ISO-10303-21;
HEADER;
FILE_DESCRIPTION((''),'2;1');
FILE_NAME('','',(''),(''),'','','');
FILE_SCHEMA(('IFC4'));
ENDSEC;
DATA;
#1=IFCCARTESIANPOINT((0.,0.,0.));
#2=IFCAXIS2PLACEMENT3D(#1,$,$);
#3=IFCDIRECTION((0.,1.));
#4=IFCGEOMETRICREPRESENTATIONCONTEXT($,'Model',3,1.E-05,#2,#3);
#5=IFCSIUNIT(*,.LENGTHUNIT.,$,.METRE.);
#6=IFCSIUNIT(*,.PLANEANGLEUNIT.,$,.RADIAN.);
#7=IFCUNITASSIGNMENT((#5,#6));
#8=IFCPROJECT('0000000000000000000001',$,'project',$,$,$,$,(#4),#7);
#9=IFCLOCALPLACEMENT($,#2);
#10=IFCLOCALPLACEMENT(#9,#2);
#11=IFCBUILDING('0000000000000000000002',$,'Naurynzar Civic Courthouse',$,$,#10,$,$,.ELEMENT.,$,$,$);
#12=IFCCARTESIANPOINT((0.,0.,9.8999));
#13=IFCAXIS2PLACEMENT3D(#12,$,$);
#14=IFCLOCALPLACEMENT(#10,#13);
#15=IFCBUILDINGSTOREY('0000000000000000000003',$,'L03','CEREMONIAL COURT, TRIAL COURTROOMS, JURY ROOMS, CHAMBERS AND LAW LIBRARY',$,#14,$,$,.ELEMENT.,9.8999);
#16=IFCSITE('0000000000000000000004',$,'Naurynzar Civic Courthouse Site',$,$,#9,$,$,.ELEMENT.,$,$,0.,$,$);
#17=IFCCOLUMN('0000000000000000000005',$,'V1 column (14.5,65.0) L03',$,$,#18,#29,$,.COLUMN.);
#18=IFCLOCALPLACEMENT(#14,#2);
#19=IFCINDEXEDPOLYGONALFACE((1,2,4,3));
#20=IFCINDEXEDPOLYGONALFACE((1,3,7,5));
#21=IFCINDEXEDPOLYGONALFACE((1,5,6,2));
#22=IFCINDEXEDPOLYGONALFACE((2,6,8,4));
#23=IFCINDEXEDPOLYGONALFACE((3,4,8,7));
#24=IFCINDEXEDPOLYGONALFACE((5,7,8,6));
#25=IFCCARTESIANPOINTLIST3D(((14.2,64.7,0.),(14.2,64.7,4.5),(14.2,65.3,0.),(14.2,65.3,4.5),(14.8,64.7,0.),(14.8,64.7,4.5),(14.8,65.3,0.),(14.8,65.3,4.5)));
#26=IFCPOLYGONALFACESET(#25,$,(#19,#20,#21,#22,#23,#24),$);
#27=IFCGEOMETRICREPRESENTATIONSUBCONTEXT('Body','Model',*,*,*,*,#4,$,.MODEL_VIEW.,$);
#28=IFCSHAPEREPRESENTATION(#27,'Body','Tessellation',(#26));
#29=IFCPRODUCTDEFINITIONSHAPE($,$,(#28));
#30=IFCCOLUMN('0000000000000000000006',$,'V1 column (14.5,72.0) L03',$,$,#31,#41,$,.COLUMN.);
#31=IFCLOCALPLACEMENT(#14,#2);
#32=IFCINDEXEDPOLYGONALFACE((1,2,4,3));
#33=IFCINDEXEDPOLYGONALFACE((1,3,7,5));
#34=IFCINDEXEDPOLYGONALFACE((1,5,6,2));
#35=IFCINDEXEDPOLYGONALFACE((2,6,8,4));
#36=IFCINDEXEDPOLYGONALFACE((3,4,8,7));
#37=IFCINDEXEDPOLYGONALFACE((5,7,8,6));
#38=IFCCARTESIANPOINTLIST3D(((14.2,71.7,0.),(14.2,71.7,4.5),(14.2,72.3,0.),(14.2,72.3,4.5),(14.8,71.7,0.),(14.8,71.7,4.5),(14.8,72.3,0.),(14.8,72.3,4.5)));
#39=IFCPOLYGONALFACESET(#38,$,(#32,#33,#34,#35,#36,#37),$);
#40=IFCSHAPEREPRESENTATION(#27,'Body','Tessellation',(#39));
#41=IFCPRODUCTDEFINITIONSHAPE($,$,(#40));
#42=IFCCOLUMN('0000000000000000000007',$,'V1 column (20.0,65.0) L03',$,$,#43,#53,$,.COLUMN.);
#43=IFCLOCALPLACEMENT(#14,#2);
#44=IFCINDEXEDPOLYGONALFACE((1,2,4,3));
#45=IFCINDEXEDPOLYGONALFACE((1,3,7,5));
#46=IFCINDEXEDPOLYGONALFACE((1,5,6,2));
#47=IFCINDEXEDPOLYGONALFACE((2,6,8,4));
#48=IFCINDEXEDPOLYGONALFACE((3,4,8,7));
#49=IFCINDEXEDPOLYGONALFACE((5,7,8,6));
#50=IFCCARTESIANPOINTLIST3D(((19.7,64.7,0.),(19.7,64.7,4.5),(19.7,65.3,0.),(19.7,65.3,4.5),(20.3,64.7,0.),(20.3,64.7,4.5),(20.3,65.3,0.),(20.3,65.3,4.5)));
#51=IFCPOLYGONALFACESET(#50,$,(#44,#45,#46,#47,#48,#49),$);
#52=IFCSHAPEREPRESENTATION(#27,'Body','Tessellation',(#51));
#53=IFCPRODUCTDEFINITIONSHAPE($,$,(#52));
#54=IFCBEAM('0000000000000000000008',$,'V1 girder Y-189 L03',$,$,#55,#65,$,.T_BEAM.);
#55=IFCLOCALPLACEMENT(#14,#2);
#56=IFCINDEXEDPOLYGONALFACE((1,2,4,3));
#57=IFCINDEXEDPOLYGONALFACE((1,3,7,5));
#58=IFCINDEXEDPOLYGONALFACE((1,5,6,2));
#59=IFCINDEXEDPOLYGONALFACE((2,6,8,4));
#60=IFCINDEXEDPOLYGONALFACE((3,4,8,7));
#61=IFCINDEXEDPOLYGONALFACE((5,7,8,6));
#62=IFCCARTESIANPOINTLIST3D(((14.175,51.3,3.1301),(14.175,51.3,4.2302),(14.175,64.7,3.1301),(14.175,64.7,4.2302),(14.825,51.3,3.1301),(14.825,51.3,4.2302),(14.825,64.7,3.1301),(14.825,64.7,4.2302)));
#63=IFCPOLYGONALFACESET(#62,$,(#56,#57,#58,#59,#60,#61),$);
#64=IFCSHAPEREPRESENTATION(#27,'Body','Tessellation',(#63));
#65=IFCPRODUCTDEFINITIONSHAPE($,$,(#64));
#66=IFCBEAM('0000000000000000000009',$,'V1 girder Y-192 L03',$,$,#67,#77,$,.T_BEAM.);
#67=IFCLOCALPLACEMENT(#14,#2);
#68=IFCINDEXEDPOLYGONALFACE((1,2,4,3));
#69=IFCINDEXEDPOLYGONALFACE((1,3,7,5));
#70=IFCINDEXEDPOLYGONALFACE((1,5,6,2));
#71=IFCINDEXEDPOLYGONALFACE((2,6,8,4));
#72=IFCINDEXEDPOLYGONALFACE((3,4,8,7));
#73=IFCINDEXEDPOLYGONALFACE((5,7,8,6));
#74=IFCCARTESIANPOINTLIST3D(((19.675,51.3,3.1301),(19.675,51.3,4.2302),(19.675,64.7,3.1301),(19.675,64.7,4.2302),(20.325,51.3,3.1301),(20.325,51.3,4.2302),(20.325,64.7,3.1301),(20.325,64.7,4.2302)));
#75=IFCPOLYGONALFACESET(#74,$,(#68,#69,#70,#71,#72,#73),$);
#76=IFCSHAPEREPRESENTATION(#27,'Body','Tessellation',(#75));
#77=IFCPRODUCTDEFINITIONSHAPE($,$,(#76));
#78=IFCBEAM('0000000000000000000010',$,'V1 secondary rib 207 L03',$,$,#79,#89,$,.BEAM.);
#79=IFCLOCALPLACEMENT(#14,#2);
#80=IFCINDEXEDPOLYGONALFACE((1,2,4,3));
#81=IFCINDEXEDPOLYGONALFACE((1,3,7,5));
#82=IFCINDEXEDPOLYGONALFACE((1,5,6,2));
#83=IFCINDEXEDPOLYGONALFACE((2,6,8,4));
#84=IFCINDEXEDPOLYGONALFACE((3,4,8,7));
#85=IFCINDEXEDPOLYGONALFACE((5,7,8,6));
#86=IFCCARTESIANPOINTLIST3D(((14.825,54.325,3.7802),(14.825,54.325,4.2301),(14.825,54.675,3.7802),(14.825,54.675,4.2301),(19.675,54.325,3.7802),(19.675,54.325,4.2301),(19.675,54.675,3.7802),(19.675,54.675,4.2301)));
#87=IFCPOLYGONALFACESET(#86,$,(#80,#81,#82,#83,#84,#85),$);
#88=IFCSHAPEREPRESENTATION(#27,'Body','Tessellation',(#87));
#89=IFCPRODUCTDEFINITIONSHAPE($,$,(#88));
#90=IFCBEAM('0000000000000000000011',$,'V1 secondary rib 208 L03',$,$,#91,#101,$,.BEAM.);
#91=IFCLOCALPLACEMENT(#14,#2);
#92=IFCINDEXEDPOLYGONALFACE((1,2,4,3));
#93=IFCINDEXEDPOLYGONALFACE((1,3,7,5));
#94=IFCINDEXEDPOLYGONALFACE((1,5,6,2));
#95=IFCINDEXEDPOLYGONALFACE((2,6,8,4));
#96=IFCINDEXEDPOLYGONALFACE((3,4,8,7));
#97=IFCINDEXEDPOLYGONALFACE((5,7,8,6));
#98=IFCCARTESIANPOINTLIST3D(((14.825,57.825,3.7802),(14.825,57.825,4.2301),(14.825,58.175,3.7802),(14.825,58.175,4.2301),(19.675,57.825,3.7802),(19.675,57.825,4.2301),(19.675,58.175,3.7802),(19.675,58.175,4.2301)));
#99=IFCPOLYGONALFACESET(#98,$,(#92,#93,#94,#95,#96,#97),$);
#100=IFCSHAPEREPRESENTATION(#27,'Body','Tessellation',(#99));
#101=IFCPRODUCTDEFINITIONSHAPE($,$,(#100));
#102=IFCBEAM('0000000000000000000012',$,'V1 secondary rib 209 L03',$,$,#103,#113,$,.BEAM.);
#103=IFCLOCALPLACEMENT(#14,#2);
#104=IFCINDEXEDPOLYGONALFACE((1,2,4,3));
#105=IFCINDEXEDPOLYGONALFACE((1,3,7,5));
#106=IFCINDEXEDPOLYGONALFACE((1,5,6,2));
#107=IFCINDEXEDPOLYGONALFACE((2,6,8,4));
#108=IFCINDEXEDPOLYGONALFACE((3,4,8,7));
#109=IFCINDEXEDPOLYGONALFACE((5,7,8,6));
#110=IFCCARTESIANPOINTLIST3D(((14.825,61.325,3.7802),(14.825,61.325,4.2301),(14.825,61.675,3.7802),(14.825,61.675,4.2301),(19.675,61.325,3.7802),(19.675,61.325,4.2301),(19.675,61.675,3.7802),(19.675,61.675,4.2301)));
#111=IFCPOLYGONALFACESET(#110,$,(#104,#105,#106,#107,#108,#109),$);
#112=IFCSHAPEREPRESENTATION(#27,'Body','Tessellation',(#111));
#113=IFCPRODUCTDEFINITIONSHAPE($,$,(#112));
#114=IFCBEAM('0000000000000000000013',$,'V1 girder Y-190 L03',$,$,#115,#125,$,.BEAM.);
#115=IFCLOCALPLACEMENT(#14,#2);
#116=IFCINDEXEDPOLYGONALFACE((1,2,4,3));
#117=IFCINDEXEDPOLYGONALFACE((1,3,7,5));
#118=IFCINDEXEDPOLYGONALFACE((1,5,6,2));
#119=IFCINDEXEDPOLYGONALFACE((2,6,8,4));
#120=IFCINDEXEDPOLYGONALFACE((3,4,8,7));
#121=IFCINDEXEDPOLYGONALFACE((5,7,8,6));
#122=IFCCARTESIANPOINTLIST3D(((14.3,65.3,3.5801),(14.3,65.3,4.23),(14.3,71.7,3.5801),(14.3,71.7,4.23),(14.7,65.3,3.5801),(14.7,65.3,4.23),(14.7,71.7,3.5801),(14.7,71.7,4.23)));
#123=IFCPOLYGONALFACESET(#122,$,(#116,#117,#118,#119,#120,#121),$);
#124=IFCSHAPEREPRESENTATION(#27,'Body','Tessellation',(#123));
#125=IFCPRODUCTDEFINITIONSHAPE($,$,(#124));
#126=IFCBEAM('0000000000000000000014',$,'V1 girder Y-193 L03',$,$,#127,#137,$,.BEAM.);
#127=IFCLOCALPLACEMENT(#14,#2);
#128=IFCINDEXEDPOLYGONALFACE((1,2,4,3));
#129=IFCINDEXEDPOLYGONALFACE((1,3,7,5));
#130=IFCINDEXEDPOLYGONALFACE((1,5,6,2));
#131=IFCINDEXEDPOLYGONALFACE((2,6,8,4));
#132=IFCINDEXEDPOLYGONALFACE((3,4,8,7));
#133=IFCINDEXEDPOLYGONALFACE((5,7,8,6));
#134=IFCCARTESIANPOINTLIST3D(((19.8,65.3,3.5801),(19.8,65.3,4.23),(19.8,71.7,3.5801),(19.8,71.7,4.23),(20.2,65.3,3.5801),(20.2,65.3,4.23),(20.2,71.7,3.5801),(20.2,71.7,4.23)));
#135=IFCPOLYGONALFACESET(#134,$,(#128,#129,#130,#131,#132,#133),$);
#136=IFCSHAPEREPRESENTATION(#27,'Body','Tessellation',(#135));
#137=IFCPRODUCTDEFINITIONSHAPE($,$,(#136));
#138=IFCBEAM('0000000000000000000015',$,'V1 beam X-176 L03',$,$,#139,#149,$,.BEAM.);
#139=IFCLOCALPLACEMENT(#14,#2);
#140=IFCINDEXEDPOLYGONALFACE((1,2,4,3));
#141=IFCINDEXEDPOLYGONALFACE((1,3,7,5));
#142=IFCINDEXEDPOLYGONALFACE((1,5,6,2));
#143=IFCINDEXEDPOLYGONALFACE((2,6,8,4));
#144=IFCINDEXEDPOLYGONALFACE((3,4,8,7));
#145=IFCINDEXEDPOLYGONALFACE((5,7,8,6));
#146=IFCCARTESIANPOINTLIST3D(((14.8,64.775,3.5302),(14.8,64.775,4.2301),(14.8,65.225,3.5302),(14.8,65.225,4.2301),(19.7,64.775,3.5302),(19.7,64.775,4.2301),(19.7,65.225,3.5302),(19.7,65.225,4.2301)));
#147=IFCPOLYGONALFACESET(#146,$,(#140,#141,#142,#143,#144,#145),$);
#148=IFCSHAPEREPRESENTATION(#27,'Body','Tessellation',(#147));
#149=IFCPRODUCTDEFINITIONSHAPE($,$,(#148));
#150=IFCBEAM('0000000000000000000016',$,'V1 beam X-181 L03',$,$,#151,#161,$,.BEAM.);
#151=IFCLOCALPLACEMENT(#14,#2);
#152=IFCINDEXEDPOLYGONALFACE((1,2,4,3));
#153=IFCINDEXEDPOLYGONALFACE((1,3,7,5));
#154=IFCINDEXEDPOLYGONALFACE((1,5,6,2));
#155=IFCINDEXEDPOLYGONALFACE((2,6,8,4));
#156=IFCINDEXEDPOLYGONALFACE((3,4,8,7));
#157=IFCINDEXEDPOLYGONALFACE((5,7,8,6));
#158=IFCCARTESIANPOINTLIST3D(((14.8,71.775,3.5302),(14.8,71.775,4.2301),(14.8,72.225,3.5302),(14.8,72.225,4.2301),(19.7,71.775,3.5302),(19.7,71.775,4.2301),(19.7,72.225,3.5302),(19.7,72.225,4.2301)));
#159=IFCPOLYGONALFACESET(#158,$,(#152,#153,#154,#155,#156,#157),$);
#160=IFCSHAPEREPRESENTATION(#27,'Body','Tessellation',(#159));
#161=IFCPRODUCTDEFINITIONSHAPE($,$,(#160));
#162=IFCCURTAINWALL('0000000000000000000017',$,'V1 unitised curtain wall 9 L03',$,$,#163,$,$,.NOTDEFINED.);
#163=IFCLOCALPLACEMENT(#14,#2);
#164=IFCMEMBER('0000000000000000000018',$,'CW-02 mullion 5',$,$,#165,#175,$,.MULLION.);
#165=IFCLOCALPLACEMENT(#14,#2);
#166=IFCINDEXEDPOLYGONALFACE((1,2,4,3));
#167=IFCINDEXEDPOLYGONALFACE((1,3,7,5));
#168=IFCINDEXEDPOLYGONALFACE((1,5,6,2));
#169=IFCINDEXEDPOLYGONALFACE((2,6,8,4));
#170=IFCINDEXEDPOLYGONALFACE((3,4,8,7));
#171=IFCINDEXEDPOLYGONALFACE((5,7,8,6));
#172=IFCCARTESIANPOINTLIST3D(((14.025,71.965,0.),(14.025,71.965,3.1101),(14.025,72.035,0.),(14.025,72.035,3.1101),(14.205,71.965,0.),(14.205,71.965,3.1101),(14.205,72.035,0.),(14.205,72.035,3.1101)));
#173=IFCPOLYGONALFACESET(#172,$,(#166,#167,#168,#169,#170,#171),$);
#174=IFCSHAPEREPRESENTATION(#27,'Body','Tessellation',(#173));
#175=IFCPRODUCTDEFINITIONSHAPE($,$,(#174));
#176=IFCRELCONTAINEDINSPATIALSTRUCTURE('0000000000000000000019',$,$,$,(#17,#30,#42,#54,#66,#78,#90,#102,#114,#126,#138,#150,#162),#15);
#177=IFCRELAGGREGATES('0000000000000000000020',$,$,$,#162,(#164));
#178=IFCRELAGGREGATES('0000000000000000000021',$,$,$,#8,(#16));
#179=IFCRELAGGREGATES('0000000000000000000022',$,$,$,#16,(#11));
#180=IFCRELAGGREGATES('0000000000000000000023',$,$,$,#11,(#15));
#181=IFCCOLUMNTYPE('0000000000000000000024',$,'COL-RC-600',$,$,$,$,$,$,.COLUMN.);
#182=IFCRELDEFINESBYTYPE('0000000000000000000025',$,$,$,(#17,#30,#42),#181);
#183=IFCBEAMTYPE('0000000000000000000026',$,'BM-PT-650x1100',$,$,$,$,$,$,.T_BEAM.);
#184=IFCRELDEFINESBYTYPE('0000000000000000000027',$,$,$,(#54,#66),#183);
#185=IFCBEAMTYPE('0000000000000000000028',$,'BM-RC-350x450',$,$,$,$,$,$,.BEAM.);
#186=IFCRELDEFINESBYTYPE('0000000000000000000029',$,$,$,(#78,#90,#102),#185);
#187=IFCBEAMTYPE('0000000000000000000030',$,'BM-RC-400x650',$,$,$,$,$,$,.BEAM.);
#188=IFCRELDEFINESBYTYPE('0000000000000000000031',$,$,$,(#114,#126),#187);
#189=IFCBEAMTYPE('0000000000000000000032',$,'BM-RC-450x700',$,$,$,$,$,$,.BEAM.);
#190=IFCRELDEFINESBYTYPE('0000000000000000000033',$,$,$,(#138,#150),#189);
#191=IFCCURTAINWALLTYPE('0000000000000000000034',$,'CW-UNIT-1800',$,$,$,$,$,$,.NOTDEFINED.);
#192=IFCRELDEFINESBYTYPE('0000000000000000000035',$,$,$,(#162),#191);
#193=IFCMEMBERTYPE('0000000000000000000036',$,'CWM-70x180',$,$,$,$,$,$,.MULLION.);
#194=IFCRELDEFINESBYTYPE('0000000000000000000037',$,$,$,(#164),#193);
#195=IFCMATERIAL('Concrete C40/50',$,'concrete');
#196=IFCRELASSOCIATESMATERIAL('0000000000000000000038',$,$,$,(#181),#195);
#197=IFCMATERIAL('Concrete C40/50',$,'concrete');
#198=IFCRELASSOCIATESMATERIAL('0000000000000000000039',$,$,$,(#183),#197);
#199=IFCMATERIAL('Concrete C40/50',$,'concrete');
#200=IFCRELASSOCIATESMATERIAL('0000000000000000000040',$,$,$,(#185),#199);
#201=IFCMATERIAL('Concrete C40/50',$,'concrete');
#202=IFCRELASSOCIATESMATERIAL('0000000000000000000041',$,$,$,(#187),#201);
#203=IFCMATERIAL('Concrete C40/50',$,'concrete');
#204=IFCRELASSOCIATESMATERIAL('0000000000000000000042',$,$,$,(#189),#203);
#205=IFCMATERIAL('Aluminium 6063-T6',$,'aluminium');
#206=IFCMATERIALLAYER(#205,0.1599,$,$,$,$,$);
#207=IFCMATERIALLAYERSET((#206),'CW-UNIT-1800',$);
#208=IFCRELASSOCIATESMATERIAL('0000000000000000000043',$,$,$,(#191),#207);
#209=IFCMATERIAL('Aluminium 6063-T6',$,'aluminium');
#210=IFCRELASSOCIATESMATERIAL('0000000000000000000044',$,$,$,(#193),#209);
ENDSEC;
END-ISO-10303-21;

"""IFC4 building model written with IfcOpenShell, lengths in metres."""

from ifc_helpers import new_model, si_unit, direction, frame, origin, origin_2d, place, context, subcontext, project, spatial, rectangle, extrude, material, layer, layer_set, material_profile, profile_set, type_object, element, aggregate, save


model = new_model("IFC4")

# Units and contexts
model_context = context("Model", 3, precision=1e-05, world=origin(), true_north=direction((0.0, 1.0)))
body_context = subcontext(model_context, "Body", "Model", "MODEL_VIEW")
ifc_project = project(units=[si_unit("LENGTHUNIT", "METRE"), si_unit("PLANEANGLEUNIT", "RADIAN")], contexts=[model_context])

# Site, building, storey
site_placement = place(None, origin())
site = spatial("IfcSite", under=ifc_project, at=site_placement, Name="Naurynzar Civic Courthouse Site", CompositionType="ELEMENT", RefElevation=0.0)
building_placement = place(site_placement, origin())
building = spatial("IfcBuilding", under=site, at=building_placement, Name="Naurynzar Civic Courthouse", CompositionType="ELEMENT")
storey_placement = place(building_placement, frame((0.0, 0.0, 9.8999)))
storey = spatial("IfcBuildingStorey", under=building, at=storey_placement, Name="L03", Description="CEREMONIAL COURT, TRIAL COURTROOMS, JURY ROOMS, CHAMBERS AND LAW LIBRARY", CompositionType="ELEMENT", Elevation=9.8999)

# Columns
ifc_material_1 = material(Name="Concrete C40/50", Category="concrete")
ifc_material_profile_1 = material_profile(ifc_material_1, rectangle(XDim=0.6001, YDim=0.6001, at=origin_2d()), Name="RC 600x600")
ifc_profile_set_1 = profile_set([ifc_material_profile_1], Name="Concrete C40/50")
column_type = type_object("IfcColumnType", Name="COL-RC-600", PredefinedType="COLUMN", material=ifc_profile_set_1)
for number, where, z_axis, x_axis, name in (
    (1, (14.5, 65.0, 0.0), (0.0, 0.0, 1.0), (1.0, 0.0, 0.0), "V1 column (14.5,65.0) L03"),
    (2, (14.5, 72.0, 0.0), (0.0, 0.0, 1.0), (1.0, 0.0, 0.0), "V1 column (14.5,72.0) L03"),
    (3, (20.0, 65.0, 0.0), (0.0, 0.0, 1.0), (1.0, 0.0, 0.0), "V1 column (20.0,65.0) L03"),
):
    element("IfcColumn", number, at=place(storey_placement, frame(where, z_axis=z_axis, x_axis=x_axis)), inside=storey, type_object=column_type, Name=name, PredefinedType="COLUMN", context=body_context, shape_type="SweptSolid", body=[
        extrude(rectangle(XDim=0.6001, YDim=0.6001, at=origin_2d()), origin(), (0.0, 0.0, 1.0), 4.5),
    ])

# Beams
ifc_material_2 = material(Name="Concrete C40/50", Category="concrete")
ifc_material_profile_2 = material_profile(ifc_material_2, rectangle(XDim=0.6499, YDim=1.1001, at=origin_2d()), Name="PTB 650x1100")
ifc_profile_set_2 = profile_set([ifc_material_profile_2], Name="Concrete C40/50")
beam_type_1 = type_object("IfcBeamType", Name="BM-PT-650x1100", PredefinedType="T_BEAM", material=ifc_profile_set_2)
for number, where, z_axis, x_axis, name in (
    (4, (14.5, 51.3, 3.6802), (0.0, 1.0, 0.0), (-1.0, 0.0, 0.0), "V1 girder Y-189 L03"),
    (5, (20.0, 51.3, 3.6802), (0.0, 1.0, 0.0), (-1.0, 0.0, 0.0), "V1 girder Y-192 L03"),
):
    element("IfcBeam", number, at=place(storey_placement, frame(where, z_axis=z_axis, x_axis=x_axis)), inside=storey, type_object=beam_type_1, Name=name, PredefinedType="T_BEAM", context=body_context, shape_type="SweptSolid", body=[
        extrude(rectangle(XDim=0.6499, YDim=1.1001, at=origin_2d()), origin(), (0.0, 0.0, 1.0), 13.3999),
    ])
ifc_material_3 = material(Name="Concrete C40/50", Category="concrete")
ifc_material_profile_3 = material_profile(ifc_material_3, rectangle(XDim=0.3501, YDim=0.45, at=origin_2d()), Name="RCB 350x450")
ifc_profile_set_3 = profile_set([ifc_material_profile_3], Name="Concrete C40/50")
beam_type_2 = type_object("IfcBeamType", Name="BM-RC-350x450", PredefinedType="BEAM", material=ifc_profile_set_3)
for number, where, z_axis, x_axis, name in (
    (6, (14.825, 54.5, 4.0051), (1.0, 0.0, 0.0), (0.0, 1.0, 0.0), "V1 secondary rib 207 L03"),
    (7, (14.825, 58.0, 4.0051), (1.0, 0.0, 0.0), (0.0, 1.0, 0.0), "V1 secondary rib 208 L03"),
    (8, (14.825, 61.5, 4.0051), (1.0, 0.0, 0.0), (0.0, 1.0, 0.0), "V1 secondary rib 209 L03"),
):
    element("IfcBeam", number, at=place(storey_placement, frame(where, z_axis=z_axis, x_axis=x_axis)), inside=storey, type_object=beam_type_2, Name=name, PredefinedType="BEAM", context=body_context, shape_type="SweptSolid", body=[
        extrude(rectangle(XDim=0.3501, YDim=0.45, at=origin_2d()), origin(), (0.0, 0.0, 1.0), 4.8501),
    ])
ifc_material_4 = material(Name="Concrete C40/50", Category="concrete")
ifc_material_profile_4 = material_profile(ifc_material_4, rectangle(XDim=0.3999, YDim=0.6499, at=origin_2d()), Name="RCB 400x650")
ifc_profile_set_4 = profile_set([ifc_material_profile_4], Name="Concrete C40/50")
beam_type_3 = type_object("IfcBeamType", Name="BM-RC-400x650", PredefinedType="BEAM", material=ifc_profile_set_4)
for number, where, z_axis, x_axis, name in (
    (9, (14.5, 65.3, 3.905), (0.0, 1.0, 0.0), (-1.0, 0.0, 0.0), "V1 girder Y-190 L03"),
    (10, (20.0, 65.3, 3.905), (0.0, 1.0, 0.0), (-1.0, 0.0, 0.0), "V1 girder Y-193 L03"),
):
    element("IfcBeam", number, at=place(storey_placement, frame(where, z_axis=z_axis, x_axis=x_axis)), inside=storey, type_object=beam_type_3, Name=name, PredefinedType="BEAM", context=body_context, shape_type="SweptSolid", body=[
        extrude(rectangle(XDim=0.3999, YDim=0.6499, at=origin_2d()), origin(), (0.0, 0.0, 1.0), 6.3999),
    ])
ifc_material_5 = material(Name="Concrete C40/50", Category="concrete")
ifc_material_profile_5 = material_profile(ifc_material_5, rectangle(XDim=0.45, YDim=0.7, at=origin_2d()), Name="RCB 450x700")
ifc_profile_set_5 = profile_set([ifc_material_profile_5], Name="Concrete C40/50")
beam_type_4 = type_object("IfcBeamType", Name="BM-RC-450x700", PredefinedType="BEAM", material=ifc_profile_set_5)
for number, where, z_axis, x_axis, name in (
    (11, (14.8, 65.0, 3.8801), (1.0, 0.0, 0.0), (0.0, 1.0, 0.0), "V1 beam X-176 L03"),
    (12, (14.8, 72.0, 3.8801), (1.0, 0.0, 0.0), (0.0, 1.0, 0.0), "V1 beam X-181 L03"),
):
    element("IfcBeam", number, at=place(storey_placement, frame(where, z_axis=z_axis, x_axis=x_axis)), inside=storey, type_object=beam_type_4, Name=name, PredefinedType="BEAM", context=body_context, shape_type="SweptSolid", body=[
        extrude(rectangle(XDim=0.45, YDim=0.7, at=origin_2d()), origin(), (0.0, 0.0, 1.0), 4.8999),
    ])

# Curtain wall, member
ifc_material_6 = material(Name="Aluminium 6063-T6", Category="aluminium")
ifc_layer_1 = layer(ifc_material_6, 0.1599)
ifc_layer_set_1 = layer_set([ifc_layer_1], Name="CW-UNIT-1800")
curtain_wall_type = type_object("IfcCurtainWallType", Name="CW-UNIT-1800", PredefinedType="NOTDEFINED", material=ifc_layer_set_1)
curtain_wall_placement = place(storey_placement, origin())
curtain_wall = element("IfcCurtainWall", 13, at=curtain_wall_placement, inside=storey, type_object=curtain_wall_type, Name="V1 unitised curtain wall 9 L03", PredefinedType="NOTDEFINED")
ifc_material_7 = material(Name="Aluminium 6063-T6", Category="aluminium")
ifc_material_profile_6 = material_profile(ifc_material_7, rectangle(XDim=0.0701, YDim=0.1799, at=origin_2d()), Name="ALU MULLION 70x180")
ifc_profile_set_6 = profile_set([ifc_material_profile_6], Name="Aluminium 6063-T6")
member_type = type_object("IfcMemberType", Name="CWM-70x180", PredefinedType="MULLION", material=ifc_profile_set_6)
member_placement = place(storey_placement, frame((14.115, 72.0, 0.0), z_axis=(0.0, 0.0, 1.0), x_axis=(0.0, 1.0, 0.0)))
member = element("IfcMember", 14, at=member_placement, type_object=member_type, Name="CW-02 mullion 5", PredefinedType="MULLION", context=body_context, shape_type="SweptSolid", body=[
    extrude(rectangle(XDim=0.0701, YDim=0.1799, at=origin_2d()), origin(), (0.0, 0.0, 1.0), 3.1101),
])
aggregate(curtain_wall, [member])

save(model, "model.ifc")
